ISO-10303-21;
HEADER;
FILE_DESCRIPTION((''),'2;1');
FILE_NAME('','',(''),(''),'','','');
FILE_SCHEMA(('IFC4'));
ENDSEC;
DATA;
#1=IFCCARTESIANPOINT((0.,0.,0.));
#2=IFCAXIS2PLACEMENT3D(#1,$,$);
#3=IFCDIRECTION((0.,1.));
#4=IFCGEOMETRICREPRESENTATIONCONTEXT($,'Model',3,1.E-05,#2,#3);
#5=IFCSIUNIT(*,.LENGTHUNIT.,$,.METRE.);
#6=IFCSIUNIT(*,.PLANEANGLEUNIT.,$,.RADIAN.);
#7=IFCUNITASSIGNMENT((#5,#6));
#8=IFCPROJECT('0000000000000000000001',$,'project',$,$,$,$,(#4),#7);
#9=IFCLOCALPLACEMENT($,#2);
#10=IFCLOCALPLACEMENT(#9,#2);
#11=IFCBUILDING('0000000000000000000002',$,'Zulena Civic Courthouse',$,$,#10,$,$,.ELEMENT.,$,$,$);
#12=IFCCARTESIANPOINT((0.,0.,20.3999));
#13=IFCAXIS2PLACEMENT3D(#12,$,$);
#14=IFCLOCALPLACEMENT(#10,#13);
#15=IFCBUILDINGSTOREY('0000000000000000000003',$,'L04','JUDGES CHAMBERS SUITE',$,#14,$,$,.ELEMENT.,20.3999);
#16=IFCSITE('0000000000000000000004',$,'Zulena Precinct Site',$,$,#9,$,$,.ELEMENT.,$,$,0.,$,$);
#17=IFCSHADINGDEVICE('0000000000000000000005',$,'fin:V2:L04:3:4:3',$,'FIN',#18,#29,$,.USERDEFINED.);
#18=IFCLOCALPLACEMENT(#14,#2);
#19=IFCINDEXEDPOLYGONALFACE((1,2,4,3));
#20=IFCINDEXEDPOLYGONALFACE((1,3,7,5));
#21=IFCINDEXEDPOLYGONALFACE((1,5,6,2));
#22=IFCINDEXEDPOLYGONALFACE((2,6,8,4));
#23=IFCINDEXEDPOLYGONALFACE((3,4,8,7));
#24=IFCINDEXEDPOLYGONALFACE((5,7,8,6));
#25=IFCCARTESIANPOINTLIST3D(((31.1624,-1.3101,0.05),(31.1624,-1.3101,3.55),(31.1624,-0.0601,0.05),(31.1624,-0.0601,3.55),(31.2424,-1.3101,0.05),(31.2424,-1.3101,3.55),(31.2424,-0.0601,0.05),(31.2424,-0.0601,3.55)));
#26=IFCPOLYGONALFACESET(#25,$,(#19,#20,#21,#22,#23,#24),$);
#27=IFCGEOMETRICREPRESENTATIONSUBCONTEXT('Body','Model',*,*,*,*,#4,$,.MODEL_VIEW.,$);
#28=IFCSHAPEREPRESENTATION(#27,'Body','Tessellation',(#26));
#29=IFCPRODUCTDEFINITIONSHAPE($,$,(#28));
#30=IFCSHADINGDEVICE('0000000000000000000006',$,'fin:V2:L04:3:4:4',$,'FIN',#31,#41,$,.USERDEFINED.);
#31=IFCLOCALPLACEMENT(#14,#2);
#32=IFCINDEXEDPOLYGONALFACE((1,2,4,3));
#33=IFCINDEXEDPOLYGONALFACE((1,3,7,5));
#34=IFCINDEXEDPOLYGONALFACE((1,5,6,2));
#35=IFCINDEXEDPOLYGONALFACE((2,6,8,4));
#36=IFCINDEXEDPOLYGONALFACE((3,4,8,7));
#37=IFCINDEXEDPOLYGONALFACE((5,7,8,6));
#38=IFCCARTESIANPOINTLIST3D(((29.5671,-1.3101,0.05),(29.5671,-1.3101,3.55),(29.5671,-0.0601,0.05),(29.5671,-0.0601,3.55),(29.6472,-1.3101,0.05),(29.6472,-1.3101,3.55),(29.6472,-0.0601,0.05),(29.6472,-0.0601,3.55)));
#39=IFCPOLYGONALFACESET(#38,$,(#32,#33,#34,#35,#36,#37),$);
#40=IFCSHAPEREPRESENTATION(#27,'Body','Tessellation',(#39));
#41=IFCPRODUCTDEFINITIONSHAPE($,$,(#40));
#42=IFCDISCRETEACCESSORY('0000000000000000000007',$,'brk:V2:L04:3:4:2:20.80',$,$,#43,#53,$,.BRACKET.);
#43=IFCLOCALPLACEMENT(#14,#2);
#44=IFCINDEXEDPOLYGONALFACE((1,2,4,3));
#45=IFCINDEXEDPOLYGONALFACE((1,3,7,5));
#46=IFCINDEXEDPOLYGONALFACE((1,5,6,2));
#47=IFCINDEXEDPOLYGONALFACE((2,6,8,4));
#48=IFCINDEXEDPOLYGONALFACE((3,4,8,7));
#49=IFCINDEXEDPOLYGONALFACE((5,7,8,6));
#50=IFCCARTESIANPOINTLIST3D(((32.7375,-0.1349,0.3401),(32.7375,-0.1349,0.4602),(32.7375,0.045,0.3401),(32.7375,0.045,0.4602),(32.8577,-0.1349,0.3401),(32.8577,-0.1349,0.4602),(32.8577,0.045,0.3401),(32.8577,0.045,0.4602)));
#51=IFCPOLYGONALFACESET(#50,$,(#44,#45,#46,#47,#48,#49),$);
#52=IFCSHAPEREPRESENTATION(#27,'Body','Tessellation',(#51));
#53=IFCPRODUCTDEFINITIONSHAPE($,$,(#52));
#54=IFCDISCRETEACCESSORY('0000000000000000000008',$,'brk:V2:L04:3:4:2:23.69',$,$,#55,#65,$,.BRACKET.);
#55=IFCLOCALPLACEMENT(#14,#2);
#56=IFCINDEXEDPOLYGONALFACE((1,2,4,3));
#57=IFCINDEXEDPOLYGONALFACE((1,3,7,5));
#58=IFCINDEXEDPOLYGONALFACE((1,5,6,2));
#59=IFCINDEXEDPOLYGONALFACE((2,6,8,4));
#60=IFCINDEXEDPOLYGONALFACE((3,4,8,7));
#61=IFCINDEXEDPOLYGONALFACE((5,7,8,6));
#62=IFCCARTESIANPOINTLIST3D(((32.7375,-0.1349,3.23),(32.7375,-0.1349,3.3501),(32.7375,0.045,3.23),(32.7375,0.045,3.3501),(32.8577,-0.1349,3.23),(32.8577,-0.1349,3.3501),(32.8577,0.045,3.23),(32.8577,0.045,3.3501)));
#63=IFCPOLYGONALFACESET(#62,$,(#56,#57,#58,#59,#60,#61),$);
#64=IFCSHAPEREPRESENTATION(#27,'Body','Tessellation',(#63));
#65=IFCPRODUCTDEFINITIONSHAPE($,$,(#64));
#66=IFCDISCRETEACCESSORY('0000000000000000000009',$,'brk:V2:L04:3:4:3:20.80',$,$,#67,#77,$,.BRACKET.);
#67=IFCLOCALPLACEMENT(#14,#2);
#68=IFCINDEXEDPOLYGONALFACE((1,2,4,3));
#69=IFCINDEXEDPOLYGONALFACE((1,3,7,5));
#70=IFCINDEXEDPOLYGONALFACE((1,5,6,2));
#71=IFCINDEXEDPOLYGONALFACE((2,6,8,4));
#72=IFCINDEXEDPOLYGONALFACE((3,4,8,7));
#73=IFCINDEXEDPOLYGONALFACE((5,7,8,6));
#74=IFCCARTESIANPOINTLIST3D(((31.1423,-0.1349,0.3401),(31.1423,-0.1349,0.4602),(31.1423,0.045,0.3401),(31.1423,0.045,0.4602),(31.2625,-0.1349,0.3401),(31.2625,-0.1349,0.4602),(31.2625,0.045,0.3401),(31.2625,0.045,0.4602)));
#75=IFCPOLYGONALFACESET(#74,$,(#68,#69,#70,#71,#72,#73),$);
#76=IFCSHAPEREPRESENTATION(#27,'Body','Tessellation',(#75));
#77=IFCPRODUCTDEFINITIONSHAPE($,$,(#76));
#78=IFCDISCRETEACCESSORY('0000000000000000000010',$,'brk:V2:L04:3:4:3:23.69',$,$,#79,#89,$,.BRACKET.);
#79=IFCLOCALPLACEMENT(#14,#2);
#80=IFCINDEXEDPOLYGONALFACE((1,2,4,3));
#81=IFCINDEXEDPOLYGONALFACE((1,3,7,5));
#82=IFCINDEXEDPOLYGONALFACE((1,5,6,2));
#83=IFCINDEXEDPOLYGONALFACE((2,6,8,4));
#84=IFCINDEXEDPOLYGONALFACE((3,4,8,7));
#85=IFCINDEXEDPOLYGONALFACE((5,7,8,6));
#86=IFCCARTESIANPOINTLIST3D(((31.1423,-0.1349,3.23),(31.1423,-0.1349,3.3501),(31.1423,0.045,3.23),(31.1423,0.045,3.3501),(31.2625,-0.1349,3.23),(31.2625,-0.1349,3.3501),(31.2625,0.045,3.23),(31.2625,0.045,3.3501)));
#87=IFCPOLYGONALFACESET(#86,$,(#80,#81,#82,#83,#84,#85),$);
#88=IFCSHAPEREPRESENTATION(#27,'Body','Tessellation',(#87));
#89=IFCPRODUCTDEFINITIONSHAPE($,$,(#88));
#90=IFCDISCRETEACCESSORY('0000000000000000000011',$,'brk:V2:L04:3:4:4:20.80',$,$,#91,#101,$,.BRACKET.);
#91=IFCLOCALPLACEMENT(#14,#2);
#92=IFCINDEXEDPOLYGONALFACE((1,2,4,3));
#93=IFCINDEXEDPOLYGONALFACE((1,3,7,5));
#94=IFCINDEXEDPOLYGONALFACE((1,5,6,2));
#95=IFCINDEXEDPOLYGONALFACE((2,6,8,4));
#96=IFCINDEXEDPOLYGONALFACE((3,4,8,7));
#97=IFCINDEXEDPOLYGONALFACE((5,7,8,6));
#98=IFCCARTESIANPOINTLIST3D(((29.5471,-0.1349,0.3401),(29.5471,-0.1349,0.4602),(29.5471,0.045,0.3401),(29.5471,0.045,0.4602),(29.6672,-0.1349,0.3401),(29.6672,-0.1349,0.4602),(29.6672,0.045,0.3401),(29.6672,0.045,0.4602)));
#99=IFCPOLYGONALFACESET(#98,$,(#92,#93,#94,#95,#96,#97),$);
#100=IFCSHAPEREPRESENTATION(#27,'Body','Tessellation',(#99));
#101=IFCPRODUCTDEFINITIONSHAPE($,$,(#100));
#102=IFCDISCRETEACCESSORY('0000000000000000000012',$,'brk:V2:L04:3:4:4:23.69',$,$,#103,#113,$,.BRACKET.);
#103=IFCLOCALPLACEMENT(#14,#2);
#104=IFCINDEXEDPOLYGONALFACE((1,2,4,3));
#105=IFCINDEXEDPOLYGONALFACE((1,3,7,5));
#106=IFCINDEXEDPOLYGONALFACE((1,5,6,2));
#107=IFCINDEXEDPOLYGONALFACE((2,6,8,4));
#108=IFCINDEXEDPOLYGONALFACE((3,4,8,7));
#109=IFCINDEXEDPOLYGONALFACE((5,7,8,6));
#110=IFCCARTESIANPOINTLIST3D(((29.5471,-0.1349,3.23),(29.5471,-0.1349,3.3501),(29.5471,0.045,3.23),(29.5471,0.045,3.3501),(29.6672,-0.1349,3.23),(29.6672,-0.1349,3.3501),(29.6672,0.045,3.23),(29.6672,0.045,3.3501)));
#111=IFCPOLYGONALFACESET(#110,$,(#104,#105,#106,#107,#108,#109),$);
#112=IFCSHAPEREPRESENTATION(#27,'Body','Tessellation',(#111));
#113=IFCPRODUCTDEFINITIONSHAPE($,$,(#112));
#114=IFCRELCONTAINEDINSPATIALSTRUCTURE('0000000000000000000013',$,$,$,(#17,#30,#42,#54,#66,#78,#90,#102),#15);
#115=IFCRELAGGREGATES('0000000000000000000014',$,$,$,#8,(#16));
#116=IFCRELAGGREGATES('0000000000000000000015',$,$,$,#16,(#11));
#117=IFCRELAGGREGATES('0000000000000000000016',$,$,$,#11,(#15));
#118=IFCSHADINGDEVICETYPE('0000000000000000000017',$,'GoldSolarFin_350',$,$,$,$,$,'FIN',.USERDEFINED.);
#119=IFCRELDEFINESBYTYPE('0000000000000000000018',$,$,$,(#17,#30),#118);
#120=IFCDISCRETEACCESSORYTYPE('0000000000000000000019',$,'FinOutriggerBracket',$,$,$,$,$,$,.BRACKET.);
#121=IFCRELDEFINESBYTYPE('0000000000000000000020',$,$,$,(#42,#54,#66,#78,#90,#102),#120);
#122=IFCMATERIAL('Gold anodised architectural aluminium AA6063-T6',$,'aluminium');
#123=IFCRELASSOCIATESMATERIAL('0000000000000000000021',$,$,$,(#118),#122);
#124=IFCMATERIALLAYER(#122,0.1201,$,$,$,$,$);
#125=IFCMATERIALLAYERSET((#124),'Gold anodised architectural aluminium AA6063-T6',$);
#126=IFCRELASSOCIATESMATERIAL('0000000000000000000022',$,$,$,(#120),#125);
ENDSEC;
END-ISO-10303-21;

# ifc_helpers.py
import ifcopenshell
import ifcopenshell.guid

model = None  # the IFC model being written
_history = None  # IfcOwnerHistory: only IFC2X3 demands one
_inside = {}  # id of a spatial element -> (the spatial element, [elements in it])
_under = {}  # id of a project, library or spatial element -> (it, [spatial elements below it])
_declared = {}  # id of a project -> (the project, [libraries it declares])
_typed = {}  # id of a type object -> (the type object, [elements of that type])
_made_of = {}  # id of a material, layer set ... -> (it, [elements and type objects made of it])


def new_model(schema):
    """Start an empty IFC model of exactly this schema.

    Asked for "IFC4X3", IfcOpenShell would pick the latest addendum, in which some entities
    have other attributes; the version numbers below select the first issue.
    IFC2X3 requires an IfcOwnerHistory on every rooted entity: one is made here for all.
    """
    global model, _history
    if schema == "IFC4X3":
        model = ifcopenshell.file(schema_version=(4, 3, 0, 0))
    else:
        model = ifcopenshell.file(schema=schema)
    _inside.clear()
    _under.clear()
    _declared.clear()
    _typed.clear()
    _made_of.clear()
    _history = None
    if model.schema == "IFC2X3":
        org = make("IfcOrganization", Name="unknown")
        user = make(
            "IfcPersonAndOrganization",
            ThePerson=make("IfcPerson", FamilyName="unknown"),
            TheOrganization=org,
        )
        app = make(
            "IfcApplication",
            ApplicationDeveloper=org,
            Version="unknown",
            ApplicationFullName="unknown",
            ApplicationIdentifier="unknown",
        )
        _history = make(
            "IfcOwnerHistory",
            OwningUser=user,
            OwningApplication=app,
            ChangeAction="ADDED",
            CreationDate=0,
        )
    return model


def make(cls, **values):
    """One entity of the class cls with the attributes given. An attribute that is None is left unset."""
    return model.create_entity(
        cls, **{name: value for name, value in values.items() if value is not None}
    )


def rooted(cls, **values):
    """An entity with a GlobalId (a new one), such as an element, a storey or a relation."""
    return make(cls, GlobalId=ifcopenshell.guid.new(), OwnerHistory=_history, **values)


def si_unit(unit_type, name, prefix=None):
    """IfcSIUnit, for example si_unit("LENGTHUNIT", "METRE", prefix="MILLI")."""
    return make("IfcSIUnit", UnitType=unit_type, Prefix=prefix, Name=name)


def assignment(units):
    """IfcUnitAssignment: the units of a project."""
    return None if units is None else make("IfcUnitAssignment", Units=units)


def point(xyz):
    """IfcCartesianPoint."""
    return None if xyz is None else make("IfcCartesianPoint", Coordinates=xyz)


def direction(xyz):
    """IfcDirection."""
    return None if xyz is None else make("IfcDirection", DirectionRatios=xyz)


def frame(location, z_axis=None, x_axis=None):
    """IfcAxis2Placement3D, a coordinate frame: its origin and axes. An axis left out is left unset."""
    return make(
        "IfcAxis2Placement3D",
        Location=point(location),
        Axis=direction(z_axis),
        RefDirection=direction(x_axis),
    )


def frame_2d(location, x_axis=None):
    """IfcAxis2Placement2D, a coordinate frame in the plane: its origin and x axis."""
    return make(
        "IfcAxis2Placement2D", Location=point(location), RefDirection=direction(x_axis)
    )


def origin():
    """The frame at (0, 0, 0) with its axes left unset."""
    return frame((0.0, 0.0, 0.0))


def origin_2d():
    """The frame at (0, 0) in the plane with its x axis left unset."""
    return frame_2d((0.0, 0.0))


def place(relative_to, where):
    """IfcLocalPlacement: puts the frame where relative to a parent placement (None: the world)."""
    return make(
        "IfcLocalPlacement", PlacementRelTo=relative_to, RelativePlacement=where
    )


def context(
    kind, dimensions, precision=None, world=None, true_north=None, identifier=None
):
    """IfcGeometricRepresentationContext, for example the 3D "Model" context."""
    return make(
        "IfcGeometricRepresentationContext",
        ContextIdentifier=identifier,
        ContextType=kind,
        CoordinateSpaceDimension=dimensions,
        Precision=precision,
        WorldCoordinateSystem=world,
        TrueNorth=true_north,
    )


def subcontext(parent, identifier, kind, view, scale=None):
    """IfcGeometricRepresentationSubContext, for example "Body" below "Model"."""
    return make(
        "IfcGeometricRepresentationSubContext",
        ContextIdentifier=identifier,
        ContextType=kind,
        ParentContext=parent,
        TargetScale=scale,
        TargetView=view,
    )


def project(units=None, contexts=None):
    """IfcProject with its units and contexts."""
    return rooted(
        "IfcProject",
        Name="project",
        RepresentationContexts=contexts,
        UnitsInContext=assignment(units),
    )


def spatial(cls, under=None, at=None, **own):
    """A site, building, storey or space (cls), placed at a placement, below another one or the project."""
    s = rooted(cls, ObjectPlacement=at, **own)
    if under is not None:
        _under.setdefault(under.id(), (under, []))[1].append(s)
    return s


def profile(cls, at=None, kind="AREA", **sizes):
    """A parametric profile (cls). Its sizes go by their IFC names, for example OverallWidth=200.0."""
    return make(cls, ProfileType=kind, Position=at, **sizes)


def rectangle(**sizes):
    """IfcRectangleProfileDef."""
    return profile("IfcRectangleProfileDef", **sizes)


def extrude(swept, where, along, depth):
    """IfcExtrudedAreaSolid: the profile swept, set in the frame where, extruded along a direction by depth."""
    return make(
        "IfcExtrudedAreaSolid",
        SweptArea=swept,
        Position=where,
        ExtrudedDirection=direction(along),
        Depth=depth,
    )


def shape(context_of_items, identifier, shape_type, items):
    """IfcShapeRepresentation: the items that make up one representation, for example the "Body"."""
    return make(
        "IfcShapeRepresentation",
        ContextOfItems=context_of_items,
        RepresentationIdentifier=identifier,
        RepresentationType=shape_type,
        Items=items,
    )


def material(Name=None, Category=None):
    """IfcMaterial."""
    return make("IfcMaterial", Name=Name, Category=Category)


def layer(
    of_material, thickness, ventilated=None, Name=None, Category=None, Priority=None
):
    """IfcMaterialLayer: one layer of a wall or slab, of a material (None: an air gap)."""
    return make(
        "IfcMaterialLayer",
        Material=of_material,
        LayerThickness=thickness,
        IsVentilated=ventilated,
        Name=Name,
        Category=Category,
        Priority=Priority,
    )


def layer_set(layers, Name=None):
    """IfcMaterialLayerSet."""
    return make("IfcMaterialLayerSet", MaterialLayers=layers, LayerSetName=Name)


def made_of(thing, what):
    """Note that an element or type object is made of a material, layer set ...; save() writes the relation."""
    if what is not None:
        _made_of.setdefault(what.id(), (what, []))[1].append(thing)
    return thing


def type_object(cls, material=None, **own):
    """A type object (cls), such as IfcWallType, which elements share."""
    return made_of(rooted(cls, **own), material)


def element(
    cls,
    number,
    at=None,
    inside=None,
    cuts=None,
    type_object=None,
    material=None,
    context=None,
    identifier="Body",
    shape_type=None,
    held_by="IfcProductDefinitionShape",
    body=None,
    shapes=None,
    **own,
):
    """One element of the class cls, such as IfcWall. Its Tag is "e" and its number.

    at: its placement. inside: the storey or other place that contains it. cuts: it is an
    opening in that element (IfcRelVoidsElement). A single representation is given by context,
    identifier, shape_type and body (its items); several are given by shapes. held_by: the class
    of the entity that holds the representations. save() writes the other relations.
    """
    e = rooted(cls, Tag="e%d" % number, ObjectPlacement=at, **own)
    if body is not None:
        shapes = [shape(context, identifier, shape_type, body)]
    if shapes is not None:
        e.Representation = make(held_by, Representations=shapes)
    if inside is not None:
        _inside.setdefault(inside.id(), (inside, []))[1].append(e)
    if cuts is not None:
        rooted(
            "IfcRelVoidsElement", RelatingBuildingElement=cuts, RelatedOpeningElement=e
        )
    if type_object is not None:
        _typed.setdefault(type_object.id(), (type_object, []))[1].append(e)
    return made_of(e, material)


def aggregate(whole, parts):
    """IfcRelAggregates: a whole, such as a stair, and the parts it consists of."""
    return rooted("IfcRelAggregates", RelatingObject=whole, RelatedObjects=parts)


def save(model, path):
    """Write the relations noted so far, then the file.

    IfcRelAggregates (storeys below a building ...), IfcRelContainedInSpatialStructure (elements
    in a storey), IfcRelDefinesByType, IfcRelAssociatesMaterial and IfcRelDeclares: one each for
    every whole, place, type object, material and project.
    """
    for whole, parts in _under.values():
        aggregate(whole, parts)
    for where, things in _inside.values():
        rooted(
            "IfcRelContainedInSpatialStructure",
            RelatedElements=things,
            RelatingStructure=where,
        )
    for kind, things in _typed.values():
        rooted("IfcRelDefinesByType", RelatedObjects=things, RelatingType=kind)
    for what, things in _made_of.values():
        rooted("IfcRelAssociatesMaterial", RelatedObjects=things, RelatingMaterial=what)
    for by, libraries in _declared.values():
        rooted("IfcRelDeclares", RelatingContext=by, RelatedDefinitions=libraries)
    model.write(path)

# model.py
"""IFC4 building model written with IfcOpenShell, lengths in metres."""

from ifc_helpers import new_model, si_unit, direction, frame, origin, origin_2d, place, context, subcontext, project, spatial, rectangle, extrude, material, layer, layer_set, type_object, element, save


model = new_model("IFC4")

# Units and contexts
model_context = context("Model", 3, precision=1e-05, world=origin(), true_north=direction((0.0, 1.0)))
body_context = subcontext(model_context, "Body", "Model", "MODEL_VIEW")
ifc_project = project(units=[si_unit("LENGTHUNIT", "METRE"), si_unit("PLANEANGLEUNIT", "RADIAN")], contexts=[model_context])

# Site, building, storey
site_placement = place(None, origin())
site = spatial("IfcSite", under=ifc_project, at=site_placement, Name="Zulena Precinct Site", CompositionType="ELEMENT", RefElevation=0.0)
building_placement = place(site_placement, origin())
building = spatial("IfcBuilding", under=site, at=building_placement, Name="Zulena Civic Courthouse", CompositionType="ELEMENT")
storey_placement = place(building_placement, frame((0.0, 0.0, 20.3999)))
storey = spatial("IfcBuildingStorey", under=building, at=storey_placement, Name="L04", Description="JUDGES CHAMBERS SUITE", CompositionType="ELEMENT", Elevation=20.3999)

# Shading devices
ifc_material_1 = material(Name="Gold anodised architectural aluminium AA6063-T6", Category="aluminium")
shading_device_type = type_object("IfcShadingDeviceType", Name="GoldSolarFin_350", ElementType="FIN", PredefinedType="USERDEFINED", material=ifc_material_1)
for number, where, z_axis, x_axis, name in (
    (1, (31.2024, -0.6851, 0.05), (0.0, 0.0, 1.0), (0.0, -1.0, 0.0), "fin:V2:L04:3:4:3"),
    (2, (29.6072, -0.6851, 0.05), (0.0, 0.0, 1.0), (0.0, -1.0, 0.0), "fin:V2:L04:3:4:4"),
):
    element("IfcShadingDevice", number, at=place(storey_placement, frame(where, z_axis=z_axis, x_axis=x_axis)), inside=storey, type_object=shading_device_type, Name=name, ObjectType="FIN", PredefinedType="USERDEFINED", context=body_context, shape_type="SweptSolid", body=[
        extrude(rectangle(XDim=1.25, YDim=0.0801, at=origin_2d()), origin(), (0.0, 0.0, 1.0), 3.5),
    ])

# Discrete accessories
ifc_layer_1 = layer(ifc_material_1, 0.1201)
ifc_layer_set_1 = layer_set([ifc_layer_1], Name="Gold anodised architectural aluminium AA6063-T6")
discrete_accessory_type = type_object("IfcDiscreteAccessoryType", Name="FinOutriggerBracket", PredefinedType="BRACKET", material=ifc_layer_set_1)
for number, where, z_axis, x_axis, name in (
    (3, (32.7976, -0.0449, 0.3401), (0.0, 0.0, 1.0), (0.0, -1.0, 0.0), "brk:V2:L04:3:4:2:20.80"),
    (4, (32.7976, -0.0449, 3.23), (0.0, 0.0, 1.0), (0.0, -1.0, 0.0), "brk:V2:L04:3:4:2:23.69"),
    (5, (31.2024, -0.0449, 0.3401), (0.0, 0.0, 1.0), (0.0, -1.0, 0.0), "brk:V2:L04:3:4:3:20.80"),
    (6, (31.2024, -0.0449, 3.23), (0.0, 0.0, 1.0), (0.0, -1.0, 0.0), "brk:V2:L04:3:4:3:23.69"),
    (7, (29.6072, -0.0449, 0.3401), (0.0, 0.0, 1.0), (0.0, -1.0, 0.0), "brk:V2:L04:3:4:4:20.80"),
    (8, (29.6072, -0.0449, 3.23), (0.0, 0.0, 1.0), (0.0, -1.0, 0.0), "brk:V2:L04:3:4:4:23.69"),
):
    element("IfcDiscreteAccessory", number, at=place(storey_placement, frame(where, z_axis=z_axis, x_axis=x_axis)), inside=storey, type_object=discrete_accessory_type, Name=name, PredefinedType="BRACKET", context=body_context, shape_type="SweptSolid", body=[
        extrude(rectangle(XDim=0.1799, YDim=0.1201, at=origin_2d()), origin(), (0.0, 0.0, 1.0), 0.1201),
    ])

save(model, "model.ifc")
